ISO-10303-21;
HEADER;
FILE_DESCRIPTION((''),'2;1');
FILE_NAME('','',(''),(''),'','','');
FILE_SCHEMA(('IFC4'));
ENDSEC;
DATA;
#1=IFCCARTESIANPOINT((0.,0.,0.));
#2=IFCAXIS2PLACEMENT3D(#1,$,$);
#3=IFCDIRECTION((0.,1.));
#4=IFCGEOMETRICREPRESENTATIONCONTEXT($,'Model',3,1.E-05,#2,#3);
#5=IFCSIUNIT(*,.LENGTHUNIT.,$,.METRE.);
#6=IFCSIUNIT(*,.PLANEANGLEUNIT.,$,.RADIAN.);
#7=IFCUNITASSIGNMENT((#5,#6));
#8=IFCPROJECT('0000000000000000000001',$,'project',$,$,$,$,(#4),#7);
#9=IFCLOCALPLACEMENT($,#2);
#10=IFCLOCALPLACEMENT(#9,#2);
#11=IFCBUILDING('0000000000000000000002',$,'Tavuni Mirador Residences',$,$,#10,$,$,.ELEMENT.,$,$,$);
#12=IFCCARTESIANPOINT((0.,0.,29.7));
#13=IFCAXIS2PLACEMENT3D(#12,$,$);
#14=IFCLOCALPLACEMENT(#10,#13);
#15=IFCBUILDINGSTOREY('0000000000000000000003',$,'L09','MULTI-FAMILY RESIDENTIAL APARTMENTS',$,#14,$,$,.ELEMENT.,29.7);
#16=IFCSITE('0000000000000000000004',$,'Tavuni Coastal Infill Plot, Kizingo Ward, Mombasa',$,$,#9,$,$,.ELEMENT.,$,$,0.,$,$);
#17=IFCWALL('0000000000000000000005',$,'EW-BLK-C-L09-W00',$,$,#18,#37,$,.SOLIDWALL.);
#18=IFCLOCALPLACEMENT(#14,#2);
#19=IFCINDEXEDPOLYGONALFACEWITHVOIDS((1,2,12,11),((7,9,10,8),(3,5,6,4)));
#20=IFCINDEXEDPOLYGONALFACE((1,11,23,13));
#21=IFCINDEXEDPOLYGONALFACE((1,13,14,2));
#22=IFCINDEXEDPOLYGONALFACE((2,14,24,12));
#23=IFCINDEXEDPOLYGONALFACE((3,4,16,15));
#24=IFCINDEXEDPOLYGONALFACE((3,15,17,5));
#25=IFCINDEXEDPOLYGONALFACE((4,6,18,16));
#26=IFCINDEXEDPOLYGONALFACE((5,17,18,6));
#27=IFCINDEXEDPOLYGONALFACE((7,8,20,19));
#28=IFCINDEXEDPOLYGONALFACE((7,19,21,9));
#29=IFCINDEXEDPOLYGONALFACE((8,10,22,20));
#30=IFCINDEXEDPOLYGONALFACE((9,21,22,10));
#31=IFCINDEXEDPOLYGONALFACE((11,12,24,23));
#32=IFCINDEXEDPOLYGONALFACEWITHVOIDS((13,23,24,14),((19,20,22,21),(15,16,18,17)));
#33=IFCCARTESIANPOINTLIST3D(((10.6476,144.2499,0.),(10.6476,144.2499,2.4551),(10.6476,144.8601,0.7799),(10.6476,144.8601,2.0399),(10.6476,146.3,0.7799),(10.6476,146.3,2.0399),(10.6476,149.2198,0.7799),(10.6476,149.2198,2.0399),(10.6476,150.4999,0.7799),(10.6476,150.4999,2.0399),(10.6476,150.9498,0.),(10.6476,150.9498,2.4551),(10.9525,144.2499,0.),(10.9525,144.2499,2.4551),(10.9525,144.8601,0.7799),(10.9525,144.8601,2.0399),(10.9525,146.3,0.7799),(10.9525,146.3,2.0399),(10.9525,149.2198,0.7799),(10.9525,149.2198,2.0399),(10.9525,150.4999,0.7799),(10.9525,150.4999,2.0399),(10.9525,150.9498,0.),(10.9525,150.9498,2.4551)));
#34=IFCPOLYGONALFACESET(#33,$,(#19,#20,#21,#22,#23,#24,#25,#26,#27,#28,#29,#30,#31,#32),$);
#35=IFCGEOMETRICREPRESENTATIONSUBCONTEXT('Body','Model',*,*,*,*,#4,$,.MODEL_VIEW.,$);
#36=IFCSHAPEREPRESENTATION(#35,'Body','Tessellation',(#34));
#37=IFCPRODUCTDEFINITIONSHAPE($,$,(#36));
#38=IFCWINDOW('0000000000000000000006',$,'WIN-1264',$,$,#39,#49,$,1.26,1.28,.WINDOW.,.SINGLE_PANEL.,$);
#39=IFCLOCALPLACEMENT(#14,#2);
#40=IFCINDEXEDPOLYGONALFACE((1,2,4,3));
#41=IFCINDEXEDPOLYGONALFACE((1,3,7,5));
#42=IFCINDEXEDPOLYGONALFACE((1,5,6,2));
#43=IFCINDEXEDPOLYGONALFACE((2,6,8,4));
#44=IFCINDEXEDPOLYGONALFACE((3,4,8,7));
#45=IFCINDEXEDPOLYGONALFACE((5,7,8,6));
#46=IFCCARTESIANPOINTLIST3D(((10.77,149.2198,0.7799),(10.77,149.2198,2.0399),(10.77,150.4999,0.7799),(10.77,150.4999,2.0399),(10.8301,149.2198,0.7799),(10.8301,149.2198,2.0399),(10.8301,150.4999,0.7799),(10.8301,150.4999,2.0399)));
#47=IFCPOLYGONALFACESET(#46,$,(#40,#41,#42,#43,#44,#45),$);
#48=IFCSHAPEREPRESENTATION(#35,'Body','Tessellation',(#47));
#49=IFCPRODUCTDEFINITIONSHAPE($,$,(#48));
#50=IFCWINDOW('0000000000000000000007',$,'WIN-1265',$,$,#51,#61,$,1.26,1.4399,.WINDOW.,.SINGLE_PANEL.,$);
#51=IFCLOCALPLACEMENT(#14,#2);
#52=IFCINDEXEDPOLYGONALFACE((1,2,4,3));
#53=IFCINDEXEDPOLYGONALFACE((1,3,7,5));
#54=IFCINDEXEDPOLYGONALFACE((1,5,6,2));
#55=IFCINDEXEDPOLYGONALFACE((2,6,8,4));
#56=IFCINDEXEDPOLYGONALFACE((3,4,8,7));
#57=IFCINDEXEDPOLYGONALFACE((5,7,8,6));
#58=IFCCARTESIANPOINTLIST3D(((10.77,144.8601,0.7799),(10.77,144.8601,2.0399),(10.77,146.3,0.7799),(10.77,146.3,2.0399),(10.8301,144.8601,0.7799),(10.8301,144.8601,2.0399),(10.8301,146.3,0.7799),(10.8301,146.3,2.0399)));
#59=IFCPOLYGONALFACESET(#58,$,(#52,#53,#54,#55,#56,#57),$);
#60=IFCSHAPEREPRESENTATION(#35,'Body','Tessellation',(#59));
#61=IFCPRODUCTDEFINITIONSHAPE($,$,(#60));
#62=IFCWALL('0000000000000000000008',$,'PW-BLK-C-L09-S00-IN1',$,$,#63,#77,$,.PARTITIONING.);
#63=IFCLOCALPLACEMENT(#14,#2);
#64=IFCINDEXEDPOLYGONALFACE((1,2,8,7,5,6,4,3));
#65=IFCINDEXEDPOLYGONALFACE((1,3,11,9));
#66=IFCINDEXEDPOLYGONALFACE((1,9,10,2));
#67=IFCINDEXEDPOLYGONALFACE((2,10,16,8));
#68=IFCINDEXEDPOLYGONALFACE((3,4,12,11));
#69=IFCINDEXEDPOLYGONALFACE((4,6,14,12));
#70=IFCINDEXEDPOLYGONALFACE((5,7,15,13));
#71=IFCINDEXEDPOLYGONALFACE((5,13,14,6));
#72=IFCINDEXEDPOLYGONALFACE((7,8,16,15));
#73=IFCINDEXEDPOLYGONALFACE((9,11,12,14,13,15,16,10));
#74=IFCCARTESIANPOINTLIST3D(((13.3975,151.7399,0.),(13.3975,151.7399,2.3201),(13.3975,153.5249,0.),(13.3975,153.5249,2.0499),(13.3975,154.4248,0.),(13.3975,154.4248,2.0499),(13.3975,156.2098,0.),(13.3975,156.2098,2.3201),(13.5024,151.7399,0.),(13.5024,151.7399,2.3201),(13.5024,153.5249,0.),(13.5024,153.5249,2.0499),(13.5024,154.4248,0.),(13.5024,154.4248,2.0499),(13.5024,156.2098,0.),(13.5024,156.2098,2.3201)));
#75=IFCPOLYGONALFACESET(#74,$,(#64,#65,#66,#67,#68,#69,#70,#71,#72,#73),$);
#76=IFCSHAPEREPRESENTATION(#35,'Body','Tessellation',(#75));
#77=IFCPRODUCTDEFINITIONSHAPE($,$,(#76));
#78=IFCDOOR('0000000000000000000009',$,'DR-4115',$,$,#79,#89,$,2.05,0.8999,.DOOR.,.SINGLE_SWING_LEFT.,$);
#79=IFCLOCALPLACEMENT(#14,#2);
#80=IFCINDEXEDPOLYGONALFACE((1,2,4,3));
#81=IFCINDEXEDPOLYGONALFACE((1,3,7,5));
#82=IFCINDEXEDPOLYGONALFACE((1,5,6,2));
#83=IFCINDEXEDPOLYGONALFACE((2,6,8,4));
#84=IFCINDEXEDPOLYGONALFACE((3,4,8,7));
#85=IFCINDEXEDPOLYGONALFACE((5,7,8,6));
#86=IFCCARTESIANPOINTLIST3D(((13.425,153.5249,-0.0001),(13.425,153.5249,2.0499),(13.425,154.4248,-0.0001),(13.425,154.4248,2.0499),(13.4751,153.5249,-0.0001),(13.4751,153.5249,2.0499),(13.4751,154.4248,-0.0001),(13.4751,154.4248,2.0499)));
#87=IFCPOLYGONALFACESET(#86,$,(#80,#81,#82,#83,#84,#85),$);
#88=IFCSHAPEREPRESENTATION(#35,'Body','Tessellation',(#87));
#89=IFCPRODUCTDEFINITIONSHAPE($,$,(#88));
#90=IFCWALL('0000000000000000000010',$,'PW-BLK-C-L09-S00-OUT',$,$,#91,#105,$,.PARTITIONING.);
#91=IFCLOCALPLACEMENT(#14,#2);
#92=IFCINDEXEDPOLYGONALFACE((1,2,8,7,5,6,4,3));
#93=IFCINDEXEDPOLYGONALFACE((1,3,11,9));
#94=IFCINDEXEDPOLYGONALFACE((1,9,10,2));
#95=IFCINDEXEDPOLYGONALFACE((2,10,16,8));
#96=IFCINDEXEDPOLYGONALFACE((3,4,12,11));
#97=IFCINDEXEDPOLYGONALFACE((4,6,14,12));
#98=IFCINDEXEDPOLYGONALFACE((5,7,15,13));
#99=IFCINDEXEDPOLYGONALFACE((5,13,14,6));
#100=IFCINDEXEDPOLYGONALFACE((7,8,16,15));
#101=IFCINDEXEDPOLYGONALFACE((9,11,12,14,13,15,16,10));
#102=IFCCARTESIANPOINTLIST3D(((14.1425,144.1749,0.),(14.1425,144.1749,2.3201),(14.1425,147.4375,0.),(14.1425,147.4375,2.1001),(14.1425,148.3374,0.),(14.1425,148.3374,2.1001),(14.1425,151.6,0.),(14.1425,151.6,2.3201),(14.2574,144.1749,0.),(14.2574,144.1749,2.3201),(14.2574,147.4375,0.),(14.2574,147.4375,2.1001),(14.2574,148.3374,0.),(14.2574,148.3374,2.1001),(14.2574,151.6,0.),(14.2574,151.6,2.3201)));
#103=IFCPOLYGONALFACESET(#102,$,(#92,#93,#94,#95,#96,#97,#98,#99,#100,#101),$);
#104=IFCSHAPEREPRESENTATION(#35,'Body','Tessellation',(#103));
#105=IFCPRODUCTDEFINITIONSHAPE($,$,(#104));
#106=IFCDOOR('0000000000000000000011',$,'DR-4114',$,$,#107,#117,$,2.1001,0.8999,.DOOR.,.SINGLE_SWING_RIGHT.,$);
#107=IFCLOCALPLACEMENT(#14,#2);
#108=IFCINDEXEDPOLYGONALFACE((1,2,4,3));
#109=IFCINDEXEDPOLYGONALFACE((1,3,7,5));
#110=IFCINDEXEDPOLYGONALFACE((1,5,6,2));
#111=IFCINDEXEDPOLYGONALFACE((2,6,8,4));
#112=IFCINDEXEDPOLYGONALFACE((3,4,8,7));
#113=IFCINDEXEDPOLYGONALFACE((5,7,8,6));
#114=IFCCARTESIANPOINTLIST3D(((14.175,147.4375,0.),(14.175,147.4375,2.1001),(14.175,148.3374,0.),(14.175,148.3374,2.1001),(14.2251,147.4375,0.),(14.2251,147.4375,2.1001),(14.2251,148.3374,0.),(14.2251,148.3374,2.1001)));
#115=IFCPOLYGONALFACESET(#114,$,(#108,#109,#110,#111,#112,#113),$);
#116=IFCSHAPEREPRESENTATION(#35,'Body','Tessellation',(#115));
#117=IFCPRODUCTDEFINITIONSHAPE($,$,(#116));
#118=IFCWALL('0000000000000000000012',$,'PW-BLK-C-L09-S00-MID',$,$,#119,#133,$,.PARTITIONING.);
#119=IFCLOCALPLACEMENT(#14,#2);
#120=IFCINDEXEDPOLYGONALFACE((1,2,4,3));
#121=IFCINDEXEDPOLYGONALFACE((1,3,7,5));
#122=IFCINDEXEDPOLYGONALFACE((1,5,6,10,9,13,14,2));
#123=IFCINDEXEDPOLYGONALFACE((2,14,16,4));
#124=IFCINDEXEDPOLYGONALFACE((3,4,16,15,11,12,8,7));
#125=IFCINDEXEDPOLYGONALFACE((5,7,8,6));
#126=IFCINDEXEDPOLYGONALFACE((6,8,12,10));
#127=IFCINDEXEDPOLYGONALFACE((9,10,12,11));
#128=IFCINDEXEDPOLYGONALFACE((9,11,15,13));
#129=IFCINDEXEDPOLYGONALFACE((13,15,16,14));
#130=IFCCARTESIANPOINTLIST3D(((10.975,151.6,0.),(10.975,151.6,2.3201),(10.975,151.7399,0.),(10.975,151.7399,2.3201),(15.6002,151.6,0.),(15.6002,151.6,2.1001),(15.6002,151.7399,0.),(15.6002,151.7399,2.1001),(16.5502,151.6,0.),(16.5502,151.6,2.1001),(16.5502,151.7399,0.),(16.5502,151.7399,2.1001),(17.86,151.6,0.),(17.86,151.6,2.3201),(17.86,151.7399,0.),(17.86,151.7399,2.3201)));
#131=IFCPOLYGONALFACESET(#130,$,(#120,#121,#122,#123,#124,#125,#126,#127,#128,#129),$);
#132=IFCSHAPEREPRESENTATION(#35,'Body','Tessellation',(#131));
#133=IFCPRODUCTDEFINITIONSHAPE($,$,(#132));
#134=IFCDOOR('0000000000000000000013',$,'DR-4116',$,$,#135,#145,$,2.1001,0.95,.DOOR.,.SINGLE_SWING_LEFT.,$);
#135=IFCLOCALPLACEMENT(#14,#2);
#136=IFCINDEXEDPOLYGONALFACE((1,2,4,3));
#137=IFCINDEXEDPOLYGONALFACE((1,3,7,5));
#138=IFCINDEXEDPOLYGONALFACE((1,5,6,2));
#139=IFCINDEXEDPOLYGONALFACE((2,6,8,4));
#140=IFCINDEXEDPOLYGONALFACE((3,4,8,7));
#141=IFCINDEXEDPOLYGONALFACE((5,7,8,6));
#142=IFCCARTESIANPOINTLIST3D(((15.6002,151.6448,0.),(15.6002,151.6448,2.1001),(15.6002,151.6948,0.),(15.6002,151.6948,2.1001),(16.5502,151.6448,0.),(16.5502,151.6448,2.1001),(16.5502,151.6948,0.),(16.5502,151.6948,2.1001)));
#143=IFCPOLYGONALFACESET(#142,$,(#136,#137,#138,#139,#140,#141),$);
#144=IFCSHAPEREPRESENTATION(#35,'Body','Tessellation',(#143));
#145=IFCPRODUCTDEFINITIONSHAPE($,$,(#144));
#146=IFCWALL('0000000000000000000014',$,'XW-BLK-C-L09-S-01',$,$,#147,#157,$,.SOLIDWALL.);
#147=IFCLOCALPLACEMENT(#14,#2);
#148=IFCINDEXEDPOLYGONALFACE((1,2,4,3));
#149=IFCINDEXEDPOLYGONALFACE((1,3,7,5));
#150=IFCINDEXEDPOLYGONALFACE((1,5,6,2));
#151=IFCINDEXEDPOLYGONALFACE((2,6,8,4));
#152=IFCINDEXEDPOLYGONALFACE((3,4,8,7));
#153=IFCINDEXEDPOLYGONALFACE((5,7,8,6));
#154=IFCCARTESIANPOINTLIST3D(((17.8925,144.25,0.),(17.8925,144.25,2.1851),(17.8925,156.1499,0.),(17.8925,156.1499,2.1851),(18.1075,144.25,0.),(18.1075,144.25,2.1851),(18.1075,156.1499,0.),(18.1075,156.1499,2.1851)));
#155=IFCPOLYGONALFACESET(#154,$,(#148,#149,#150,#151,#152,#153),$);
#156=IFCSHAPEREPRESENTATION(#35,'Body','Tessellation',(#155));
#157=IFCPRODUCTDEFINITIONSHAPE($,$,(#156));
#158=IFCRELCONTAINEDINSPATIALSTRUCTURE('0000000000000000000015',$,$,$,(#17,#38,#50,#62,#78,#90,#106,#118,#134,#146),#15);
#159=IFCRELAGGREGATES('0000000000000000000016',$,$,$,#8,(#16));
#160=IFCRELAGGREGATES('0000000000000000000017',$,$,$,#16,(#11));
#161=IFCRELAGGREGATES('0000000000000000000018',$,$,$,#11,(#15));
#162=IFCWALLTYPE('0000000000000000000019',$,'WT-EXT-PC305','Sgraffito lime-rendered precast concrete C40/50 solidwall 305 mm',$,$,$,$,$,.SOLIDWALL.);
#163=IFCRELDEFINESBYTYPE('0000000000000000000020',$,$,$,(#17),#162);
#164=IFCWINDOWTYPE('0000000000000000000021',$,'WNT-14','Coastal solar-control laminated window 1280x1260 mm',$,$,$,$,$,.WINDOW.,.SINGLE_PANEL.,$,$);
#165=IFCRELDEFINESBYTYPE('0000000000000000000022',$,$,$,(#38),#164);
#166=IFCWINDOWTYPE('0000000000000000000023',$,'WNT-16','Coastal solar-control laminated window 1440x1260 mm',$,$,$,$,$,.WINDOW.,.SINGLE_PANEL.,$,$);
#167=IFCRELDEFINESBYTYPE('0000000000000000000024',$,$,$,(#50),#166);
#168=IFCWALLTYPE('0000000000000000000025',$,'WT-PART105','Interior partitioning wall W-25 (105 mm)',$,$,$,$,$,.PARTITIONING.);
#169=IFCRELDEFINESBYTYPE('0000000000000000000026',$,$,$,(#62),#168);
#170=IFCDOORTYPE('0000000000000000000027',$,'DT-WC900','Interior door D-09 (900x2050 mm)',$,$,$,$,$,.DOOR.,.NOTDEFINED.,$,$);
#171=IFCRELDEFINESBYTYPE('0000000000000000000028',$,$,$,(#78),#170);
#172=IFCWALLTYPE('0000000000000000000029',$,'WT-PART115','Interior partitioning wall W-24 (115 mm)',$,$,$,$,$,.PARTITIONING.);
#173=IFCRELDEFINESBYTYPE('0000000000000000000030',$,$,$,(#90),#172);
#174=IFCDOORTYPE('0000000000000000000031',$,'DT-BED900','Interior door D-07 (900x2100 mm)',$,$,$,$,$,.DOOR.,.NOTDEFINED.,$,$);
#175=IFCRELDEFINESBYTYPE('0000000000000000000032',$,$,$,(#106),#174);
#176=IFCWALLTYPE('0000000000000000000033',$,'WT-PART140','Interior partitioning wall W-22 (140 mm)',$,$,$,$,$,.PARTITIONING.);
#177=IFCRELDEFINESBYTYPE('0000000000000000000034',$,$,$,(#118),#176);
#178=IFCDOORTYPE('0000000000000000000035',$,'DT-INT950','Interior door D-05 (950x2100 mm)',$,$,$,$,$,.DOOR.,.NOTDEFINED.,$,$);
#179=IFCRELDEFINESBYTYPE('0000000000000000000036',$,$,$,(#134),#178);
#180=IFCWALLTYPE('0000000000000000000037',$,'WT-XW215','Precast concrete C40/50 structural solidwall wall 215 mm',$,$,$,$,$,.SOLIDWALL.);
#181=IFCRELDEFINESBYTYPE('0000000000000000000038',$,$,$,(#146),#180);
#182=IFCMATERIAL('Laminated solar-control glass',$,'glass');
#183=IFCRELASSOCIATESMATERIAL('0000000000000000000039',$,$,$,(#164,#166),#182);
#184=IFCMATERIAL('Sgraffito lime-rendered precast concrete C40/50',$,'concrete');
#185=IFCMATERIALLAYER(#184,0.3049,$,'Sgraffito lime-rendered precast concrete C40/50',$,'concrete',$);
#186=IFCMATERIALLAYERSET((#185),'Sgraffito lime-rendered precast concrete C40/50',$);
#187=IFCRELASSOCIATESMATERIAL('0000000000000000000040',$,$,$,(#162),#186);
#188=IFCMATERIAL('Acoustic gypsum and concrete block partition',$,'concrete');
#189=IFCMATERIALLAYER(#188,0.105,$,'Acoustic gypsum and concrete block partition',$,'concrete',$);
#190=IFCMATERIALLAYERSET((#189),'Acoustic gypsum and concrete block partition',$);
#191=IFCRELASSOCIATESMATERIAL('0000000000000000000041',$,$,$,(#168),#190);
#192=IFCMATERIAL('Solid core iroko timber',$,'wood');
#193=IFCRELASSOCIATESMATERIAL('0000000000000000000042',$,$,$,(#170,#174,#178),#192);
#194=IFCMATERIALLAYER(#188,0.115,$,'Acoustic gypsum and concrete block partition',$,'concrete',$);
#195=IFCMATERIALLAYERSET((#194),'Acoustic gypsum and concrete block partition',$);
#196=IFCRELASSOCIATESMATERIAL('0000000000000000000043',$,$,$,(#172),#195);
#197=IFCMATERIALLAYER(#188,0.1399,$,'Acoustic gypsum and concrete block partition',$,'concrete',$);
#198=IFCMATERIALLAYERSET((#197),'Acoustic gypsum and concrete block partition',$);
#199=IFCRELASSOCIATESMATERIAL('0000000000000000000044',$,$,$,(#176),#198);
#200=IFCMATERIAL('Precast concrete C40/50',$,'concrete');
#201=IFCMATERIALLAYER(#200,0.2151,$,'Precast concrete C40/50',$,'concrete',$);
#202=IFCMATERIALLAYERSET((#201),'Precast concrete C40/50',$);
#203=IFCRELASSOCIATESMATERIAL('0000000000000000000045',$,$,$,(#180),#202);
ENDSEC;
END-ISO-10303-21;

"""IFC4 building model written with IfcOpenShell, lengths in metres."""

from ifc_helpers import new_model, si_unit, direction, frame, frame_2d, origin, place, context, subcontext, project, spatial, rectangle, extrude, material, layer, layer_set, type_object, element, fill, save


model = new_model("IFC4")

# Units and contexts
model_context = context("Model", 3, precision=1e-05, world=origin(), true_north=direction((0.0, 1.0)))
body_context = subcontext(model_context, "Body", "Model", "MODEL_VIEW")
ifc_project = project(units=[si_unit("LENGTHUNIT", "METRE"), si_unit("PLANEANGLEUNIT", "RADIAN")], contexts=[model_context])

# Site, building, storey
site_placement = place(None, origin())
site = spatial("IfcSite", under=ifc_project, at=site_placement, Name="Tavuni Coastal Infill Plot, Kizingo Ward, Mombasa", CompositionType="ELEMENT", RefElevation=0.0)
building_placement = place(site_placement, origin())
building = spatial("IfcBuilding", under=site, at=building_placement, Name="Tavuni Mirador Residences", CompositionType="ELEMENT")
storey_placement = place(building_placement, frame((0.0, 0.0, 29.7)))
storey = spatial("IfcBuildingStorey", under=building, at=storey_placement, Name="L09", Description="MULTI-FAMILY RESIDENTIAL APARTMENTS", CompositionType="ELEMENT", Elevation=29.7)

# Shared definitions
ifc_material_1 = material(Name="Precast concrete C40/50", Category="concrete")

# Shared definitions
ifc_material_2 = material(Name="Solid core iroko timber", Category="wood")

# Wall, openings, windows
ifc_material_3 = material(Name="Sgraffito lime-rendered precast concrete C40/50", Category="concrete")
ifc_material_4 = material(Name="Laminated solar-control glass", Category="glass")
window_type_1 = type_object("IfcWindowType", Name="WNT-14", Description="Coastal solar-control laminated window 1280x1260 mm", PartitioningType="SINGLE_PANEL", PredefinedType="WINDOW", material=ifc_material_4)
ifc_layer_1 = layer(ifc_material_3, 0.3049, Name="Sgraffito lime-rendered precast concrete C40/50", Category="concrete")
ifc_layer_set_1 = layer_set([ifc_layer_1], Name="Sgraffito lime-rendered precast concrete C40/50")
wall_type_1 = type_object("IfcWallType", Name="WT-EXT-PC305", Description="Sgraffito lime-rendered precast concrete C40/50 solidwall 305 mm", PredefinedType="SOLIDWALL", material=ifc_layer_set_1)
wall_1_placement = place(storey_placement, frame((10.8, 150.95, 0.0), z_axis=(0.0, 0.0, 1.0), x_axis=(0.0, -1.0, 0.0)))
wall_1 = element("IfcWall", 1, at=wall_1_placement, inside=storey, type_object=wall_type_1, Name="EW-BLK-C-L09-W00", PredefinedType="SOLIDWALL", context=body_context, shape_type="SweptSolid", body=[
    extrude(rectangle(XDim=6.7, YDim=0.3049, at=frame_2d((3.3501, 0.0))), origin(), (0.0, 0.0, 1.0), 2.4551),
])
opening_1_placement = place(wall_1_placement, frame((0.45, 0.0, 0.78)))
opening_1 = element("IfcOpeningElement", 2, at=opening_1_placement, cuts=wall_1, PredefinedType="OPENING", context=body_context, shape_type="SweptSolid", body=[
    extrude(rectangle(XDim=1.28, YDim=1.26, at=frame_2d((0.6401, 0.6299))), frame((0.0, 0.1626, 0.0), z_axis=(0.0, -1.0, 0.0), x_axis=(1.0, 0.0, 0.0)), (0.0, 0.0, 1.0), 0.325),
])
opening_2_placement = place(wall_1_placement, frame((4.6499, 0.0, 0.78)))
opening_2 = element("IfcOpeningElement", 3, at=opening_2_placement, cuts=wall_1, PredefinedType="OPENING", context=body_context, shape_type="SweptSolid", body=[
    extrude(rectangle(XDim=1.4399, YDim=1.26, at=frame_2d((0.72, 0.6299))), frame((0.0, 0.1626, 0.0), z_axis=(0.0, -1.0, 0.0), x_axis=(1.0, 0.0, 0.0)), (0.0, 0.0, 1.0), 0.325),
])
window_1_placement = place(opening_1_placement, origin())
window_1 = element("IfcWindow", 4, at=window_1_placement, inside=storey, type_object=window_type_1, Name="WIN-1264", OverallHeight=1.26, OverallWidth=1.28, PartitioningType="SINGLE_PANEL", PredefinedType="WINDOW", context=body_context, shape_type="SweptSolid", body=[
    extrude(rectangle(XDim=1.28, YDim=1.26, at=frame_2d((0.6401, 0.6299))), frame((0.0, 0.03, 0.0), z_axis=(0.0, -1.0, 0.0), x_axis=(1.0, 0.0, 0.0)), (0.0, 0.0, 1.0), 0.0601),
])
fill(opening_1, window_1)
window_type_2 = type_object("IfcWindowType", Name="WNT-16", Description="Coastal solar-control laminated window 1440x1260 mm", PartitioningType="SINGLE_PANEL", PredefinedType="WINDOW", material=ifc_material_4)
window_2_placement = place(opening_2_placement, origin())
window_2 = element("IfcWindow", 5, at=window_2_placement, inside=storey, type_object=window_type_2, Name="WIN-1265", OverallHeight=1.26, OverallWidth=1.4399, PartitioningType="SINGLE_PANEL", PredefinedType="WINDOW", context=body_context, shape_type="SweptSolid", body=[
    extrude(rectangle(XDim=1.4399, YDim=1.26, at=frame_2d((0.72, 0.6299))), frame((0.0, 0.03, 0.0), z_axis=(0.0, -1.0, 0.0), x_axis=(1.0, 0.0, 0.0)), (0.0, 0.0, 1.0), 0.0601),
])
fill(opening_2, window_2)

# Walls, openings, doors
ifc_material_5 = material(Name="Acoustic gypsum and concrete block partition", Category="concrete")
ifc_layer_2 = layer(ifc_material_5, 0.105, Name="Acoustic gypsum and concrete block partition", Category="concrete")
ifc_layer_set_2 = layer_set([ifc_layer_2], Name="Acoustic gypsum and concrete block partition")
wall_type_2 = type_object("IfcWallType", Name="WT-PART105", Description="Interior partitioning wall W-25 (105 mm)", PredefinedType="PARTITIONING", material=ifc_layer_set_2)
wall_2_placement = place(storey_placement, frame((13.45, 151.74, 0.0), z_axis=(0.0, 0.0, 1.0), x_axis=(0.0, 1.0, 0.0)))
wall_2 = element("IfcWall", 6, at=wall_2_placement, inside=storey, type_object=wall_type_2, Name="PW-BLK-C-L09-S00-IN1", PredefinedType="PARTITIONING", context=body_context, shape_type="SweptSolid", body=[
    extrude(rectangle(XDim=4.47, YDim=0.105, at=frame_2d((2.2349, 0.0))), origin(), (0.0, 0.0, 1.0), 2.3201),
])
opening_3_placement = place(wall_2_placement, frame((1.7849, 0.0, 0.0)))
opening_3 = element("IfcOpeningElement", 7, at=opening_3_placement, cuts=wall_2, PredefinedType="OPENING", context=body_context, shape_type="SweptSolid", body=[
    extrude(rectangle(XDim=0.8999, YDim=2.05, at=frame_2d((0.45, 1.0249))), frame((0.0, 0.0625, 0.0), z_axis=(0.0, -1.0, 0.0), x_axis=(1.0, 0.0, 0.0)), (0.0, 0.0, 1.0), 0.125),
])
door_type_1 = type_object("IfcDoorType", Name="DT-WC900", Description="Interior door D-09 (900x2050 mm)", OperationType="NOTDEFINED", PredefinedType="DOOR", material=ifc_material_2)
door_1_placement = place(opening_3_placement, origin())
door_1 = element("IfcDoor", 8, at=door_1_placement, inside=storey, type_object=door_type_1, Name="DR-4115", OperationType="SINGLE_SWING_LEFT", OverallHeight=2.05, OverallWidth=0.8999, PredefinedType="DOOR", context=body_context, shape_type="SweptSolid", body=[
    extrude(rectangle(XDim=0.8999, YDim=2.05, at=frame_2d((0.45, 1.0249))), frame((0.0, 0.0249, 0.0), z_axis=(0.0, -1.0, 0.0), x_axis=(1.0, 0.0, 0.0)), (0.0, 0.0, 1.0), 0.05),
])
fill(opening_3, door_1)
ifc_layer_3 = layer(ifc_material_5, 0.115, Name="Acoustic gypsum and concrete block partition", Category="concrete")
ifc_layer_set_3 = layer_set([ifc_layer_3], Name="Acoustic gypsum and concrete block partition")
wall_type_3 = type_object("IfcWallType", Name="WT-PART115", Description="Interior partitioning wall W-24 (115 mm)", PredefinedType="PARTITIONING", material=ifc_layer_set_3)
wall_3_placement = place(storey_placement, frame((14.2, 144.175, 0.0), z_axis=(0.0, 0.0, 1.0), x_axis=(0.0, 1.0, 0.0)))
wall_3 = element("IfcWall", 9, at=wall_3_placement, inside=storey, type_object=wall_type_3, Name="PW-BLK-C-L09-S00-OUT", PredefinedType="PARTITIONING", context=body_context, shape_type="SweptSolid", body=[
    extrude(rectangle(XDim=7.425, YDim=0.115, at=frame_2d((3.7124, 0.0))), origin(), (0.0, 0.0, 1.0), 2.3201),
])
opening_4_placement = place(wall_3_placement, frame((3.2625, 0.0, 0.0)))
opening_4 = element("IfcOpeningElement", 10, at=opening_4_placement, cuts=wall_3, PredefinedType="OPENING", context=body_context, shape_type="SweptSolid", body=[
    extrude(rectangle(XDim=0.8999, YDim=2.1001, at=frame_2d((0.45, 1.05))), frame((0.0, 0.0674, 0.0), z_axis=(0.0, -1.0, 0.0), x_axis=(1.0, 0.0, 0.0)), (0.0, 0.0, 1.0), 0.135),
])
door_type_2 = type_object("IfcDoorType", Name="DT-BED900", Description="Interior door D-07 (900x2100 mm)", OperationType="NOTDEFINED", PredefinedType="DOOR", material=ifc_material_2)
door_2_placement = place(opening_4_placement, origin())
door_2 = element("IfcDoor", 11, at=door_2_placement, inside=storey, type_object=door_type_2, Name="DR-4114", OperationType="SINGLE_SWING_RIGHT", OverallHeight=2.1001, OverallWidth=0.8999, PredefinedType="DOOR", context=body_context, shape_type="SweptSolid", body=[
    extrude(rectangle(XDim=0.8999, YDim=2.1001, at=frame_2d((0.45, 1.05))), frame((0.0, 0.0249, 0.0), z_axis=(0.0, -1.0, 0.0), x_axis=(1.0, 0.0, 0.0)), (0.0, 0.0, 1.0), 0.05),
])
fill(opening_4, door_2)
ifc_layer_4 = layer(ifc_material_5, 0.1399, Name="Acoustic gypsum and concrete block partition", Category="concrete")
ifc_layer_set_4 = layer_set([ifc_layer_4], Name="Acoustic gypsum and concrete block partition")
wall_type_4 = type_object("IfcWallType", Name="WT-PART140", Description="Interior partitioning wall W-22 (140 mm)", PredefinedType="PARTITIONING", material=ifc_layer_set_4)
wall_4_placement = place(storey_placement, frame((10.9751, 151.6699, 0.0), z_axis=(0.0, 0.0, 1.0), x_axis=(1.0, 0.0, 0.0)))
wall_4 = element("IfcWall", 12, at=wall_4_placement, inside=storey, type_object=wall_type_4, Name="PW-BLK-C-L09-S00-MID", PredefinedType="PARTITIONING", context=body_context, shape_type="SweptSolid", body=[
    extrude(rectangle(XDim=6.885, YDim=0.1399, at=frame_2d((3.4424, 0.0))), origin(), (0.0, 0.0, 1.0), 2.3201),
])
opening_5_placement = place(wall_4_placement, frame((4.625, 0.0, 0.0)))
opening_5 = element("IfcOpeningElement", 13, at=opening_5_placement, cuts=wall_4, PredefinedType="OPENING", context=body_context, shape_type="SweptSolid", body=[
    extrude(rectangle(XDim=0.95, YDim=2.1001, at=frame_2d((0.4751, 1.05))), frame((0.0, 0.0801, 0.0), z_axis=(0.0, -1.0, 0.0), x_axis=(1.0, 0.0, 0.0)), (0.0, 0.0, 1.0), 0.1599),
])
door_type_3 = type_object("IfcDoorType", Name="DT-INT950", Description="Interior door D-05 (950x2100 mm)", OperationType="NOTDEFINED", PredefinedType="DOOR", material=ifc_material_2)
door_3_placement = place(opening_5_placement, origin())
door_3 = element("IfcDoor", 14, at=door_3_placement, inside=storey, type_object=door_type_3, Name="DR-4116", OperationType="SINGLE_SWING_LEFT", OverallHeight=2.1001, OverallWidth=0.95, PredefinedType="DOOR", context=body_context, shape_type="SweptSolid", body=[
    extrude(rectangle(XDim=0.95, YDim=2.1001, at=frame_2d((0.4751, 1.05))), frame((0.0, 0.0249, 0.0), z_axis=(0.0, -1.0, 0.0), x_axis=(1.0, 0.0, 0.0)), (0.0, 0.0, 1.0), 0.05),
])
fill(opening_5, door_3)

# Wall
ifc_layer_5 = layer(ifc_material_1, 0.2151, Name="Precast concrete C40/50", Category="concrete")
ifc_layer_set_5 = layer_set([ifc_layer_5], Name="Precast concrete C40/50")
wall_type_5 = type_object("IfcWallType", Name="WT-XW215", Description="Precast concrete C40/50 structural solidwall wall 215 mm", PredefinedType="SOLIDWALL", material=ifc_layer_set_5)
wall_5_placement = place(storey_placement, frame((18.0, 144.25, 0.0), z_axis=(0.0, 0.0, 1.0), x_axis=(0.0, 1.0, 0.0)))
element("IfcWall", 15, at=wall_5_placement, inside=storey, type_object=wall_type_5, Name="XW-BLK-C-L09-S-01", PredefinedType="SOLIDWALL", context=body_context, shape_type="SweptSolid", body=[
    extrude(rectangle(XDim=11.8999, YDim=0.2151, at=frame_2d((5.95, 0.0))), origin(), (0.0, 0.0, 1.0), 2.1851),
])

save(model, "model.ifc")
